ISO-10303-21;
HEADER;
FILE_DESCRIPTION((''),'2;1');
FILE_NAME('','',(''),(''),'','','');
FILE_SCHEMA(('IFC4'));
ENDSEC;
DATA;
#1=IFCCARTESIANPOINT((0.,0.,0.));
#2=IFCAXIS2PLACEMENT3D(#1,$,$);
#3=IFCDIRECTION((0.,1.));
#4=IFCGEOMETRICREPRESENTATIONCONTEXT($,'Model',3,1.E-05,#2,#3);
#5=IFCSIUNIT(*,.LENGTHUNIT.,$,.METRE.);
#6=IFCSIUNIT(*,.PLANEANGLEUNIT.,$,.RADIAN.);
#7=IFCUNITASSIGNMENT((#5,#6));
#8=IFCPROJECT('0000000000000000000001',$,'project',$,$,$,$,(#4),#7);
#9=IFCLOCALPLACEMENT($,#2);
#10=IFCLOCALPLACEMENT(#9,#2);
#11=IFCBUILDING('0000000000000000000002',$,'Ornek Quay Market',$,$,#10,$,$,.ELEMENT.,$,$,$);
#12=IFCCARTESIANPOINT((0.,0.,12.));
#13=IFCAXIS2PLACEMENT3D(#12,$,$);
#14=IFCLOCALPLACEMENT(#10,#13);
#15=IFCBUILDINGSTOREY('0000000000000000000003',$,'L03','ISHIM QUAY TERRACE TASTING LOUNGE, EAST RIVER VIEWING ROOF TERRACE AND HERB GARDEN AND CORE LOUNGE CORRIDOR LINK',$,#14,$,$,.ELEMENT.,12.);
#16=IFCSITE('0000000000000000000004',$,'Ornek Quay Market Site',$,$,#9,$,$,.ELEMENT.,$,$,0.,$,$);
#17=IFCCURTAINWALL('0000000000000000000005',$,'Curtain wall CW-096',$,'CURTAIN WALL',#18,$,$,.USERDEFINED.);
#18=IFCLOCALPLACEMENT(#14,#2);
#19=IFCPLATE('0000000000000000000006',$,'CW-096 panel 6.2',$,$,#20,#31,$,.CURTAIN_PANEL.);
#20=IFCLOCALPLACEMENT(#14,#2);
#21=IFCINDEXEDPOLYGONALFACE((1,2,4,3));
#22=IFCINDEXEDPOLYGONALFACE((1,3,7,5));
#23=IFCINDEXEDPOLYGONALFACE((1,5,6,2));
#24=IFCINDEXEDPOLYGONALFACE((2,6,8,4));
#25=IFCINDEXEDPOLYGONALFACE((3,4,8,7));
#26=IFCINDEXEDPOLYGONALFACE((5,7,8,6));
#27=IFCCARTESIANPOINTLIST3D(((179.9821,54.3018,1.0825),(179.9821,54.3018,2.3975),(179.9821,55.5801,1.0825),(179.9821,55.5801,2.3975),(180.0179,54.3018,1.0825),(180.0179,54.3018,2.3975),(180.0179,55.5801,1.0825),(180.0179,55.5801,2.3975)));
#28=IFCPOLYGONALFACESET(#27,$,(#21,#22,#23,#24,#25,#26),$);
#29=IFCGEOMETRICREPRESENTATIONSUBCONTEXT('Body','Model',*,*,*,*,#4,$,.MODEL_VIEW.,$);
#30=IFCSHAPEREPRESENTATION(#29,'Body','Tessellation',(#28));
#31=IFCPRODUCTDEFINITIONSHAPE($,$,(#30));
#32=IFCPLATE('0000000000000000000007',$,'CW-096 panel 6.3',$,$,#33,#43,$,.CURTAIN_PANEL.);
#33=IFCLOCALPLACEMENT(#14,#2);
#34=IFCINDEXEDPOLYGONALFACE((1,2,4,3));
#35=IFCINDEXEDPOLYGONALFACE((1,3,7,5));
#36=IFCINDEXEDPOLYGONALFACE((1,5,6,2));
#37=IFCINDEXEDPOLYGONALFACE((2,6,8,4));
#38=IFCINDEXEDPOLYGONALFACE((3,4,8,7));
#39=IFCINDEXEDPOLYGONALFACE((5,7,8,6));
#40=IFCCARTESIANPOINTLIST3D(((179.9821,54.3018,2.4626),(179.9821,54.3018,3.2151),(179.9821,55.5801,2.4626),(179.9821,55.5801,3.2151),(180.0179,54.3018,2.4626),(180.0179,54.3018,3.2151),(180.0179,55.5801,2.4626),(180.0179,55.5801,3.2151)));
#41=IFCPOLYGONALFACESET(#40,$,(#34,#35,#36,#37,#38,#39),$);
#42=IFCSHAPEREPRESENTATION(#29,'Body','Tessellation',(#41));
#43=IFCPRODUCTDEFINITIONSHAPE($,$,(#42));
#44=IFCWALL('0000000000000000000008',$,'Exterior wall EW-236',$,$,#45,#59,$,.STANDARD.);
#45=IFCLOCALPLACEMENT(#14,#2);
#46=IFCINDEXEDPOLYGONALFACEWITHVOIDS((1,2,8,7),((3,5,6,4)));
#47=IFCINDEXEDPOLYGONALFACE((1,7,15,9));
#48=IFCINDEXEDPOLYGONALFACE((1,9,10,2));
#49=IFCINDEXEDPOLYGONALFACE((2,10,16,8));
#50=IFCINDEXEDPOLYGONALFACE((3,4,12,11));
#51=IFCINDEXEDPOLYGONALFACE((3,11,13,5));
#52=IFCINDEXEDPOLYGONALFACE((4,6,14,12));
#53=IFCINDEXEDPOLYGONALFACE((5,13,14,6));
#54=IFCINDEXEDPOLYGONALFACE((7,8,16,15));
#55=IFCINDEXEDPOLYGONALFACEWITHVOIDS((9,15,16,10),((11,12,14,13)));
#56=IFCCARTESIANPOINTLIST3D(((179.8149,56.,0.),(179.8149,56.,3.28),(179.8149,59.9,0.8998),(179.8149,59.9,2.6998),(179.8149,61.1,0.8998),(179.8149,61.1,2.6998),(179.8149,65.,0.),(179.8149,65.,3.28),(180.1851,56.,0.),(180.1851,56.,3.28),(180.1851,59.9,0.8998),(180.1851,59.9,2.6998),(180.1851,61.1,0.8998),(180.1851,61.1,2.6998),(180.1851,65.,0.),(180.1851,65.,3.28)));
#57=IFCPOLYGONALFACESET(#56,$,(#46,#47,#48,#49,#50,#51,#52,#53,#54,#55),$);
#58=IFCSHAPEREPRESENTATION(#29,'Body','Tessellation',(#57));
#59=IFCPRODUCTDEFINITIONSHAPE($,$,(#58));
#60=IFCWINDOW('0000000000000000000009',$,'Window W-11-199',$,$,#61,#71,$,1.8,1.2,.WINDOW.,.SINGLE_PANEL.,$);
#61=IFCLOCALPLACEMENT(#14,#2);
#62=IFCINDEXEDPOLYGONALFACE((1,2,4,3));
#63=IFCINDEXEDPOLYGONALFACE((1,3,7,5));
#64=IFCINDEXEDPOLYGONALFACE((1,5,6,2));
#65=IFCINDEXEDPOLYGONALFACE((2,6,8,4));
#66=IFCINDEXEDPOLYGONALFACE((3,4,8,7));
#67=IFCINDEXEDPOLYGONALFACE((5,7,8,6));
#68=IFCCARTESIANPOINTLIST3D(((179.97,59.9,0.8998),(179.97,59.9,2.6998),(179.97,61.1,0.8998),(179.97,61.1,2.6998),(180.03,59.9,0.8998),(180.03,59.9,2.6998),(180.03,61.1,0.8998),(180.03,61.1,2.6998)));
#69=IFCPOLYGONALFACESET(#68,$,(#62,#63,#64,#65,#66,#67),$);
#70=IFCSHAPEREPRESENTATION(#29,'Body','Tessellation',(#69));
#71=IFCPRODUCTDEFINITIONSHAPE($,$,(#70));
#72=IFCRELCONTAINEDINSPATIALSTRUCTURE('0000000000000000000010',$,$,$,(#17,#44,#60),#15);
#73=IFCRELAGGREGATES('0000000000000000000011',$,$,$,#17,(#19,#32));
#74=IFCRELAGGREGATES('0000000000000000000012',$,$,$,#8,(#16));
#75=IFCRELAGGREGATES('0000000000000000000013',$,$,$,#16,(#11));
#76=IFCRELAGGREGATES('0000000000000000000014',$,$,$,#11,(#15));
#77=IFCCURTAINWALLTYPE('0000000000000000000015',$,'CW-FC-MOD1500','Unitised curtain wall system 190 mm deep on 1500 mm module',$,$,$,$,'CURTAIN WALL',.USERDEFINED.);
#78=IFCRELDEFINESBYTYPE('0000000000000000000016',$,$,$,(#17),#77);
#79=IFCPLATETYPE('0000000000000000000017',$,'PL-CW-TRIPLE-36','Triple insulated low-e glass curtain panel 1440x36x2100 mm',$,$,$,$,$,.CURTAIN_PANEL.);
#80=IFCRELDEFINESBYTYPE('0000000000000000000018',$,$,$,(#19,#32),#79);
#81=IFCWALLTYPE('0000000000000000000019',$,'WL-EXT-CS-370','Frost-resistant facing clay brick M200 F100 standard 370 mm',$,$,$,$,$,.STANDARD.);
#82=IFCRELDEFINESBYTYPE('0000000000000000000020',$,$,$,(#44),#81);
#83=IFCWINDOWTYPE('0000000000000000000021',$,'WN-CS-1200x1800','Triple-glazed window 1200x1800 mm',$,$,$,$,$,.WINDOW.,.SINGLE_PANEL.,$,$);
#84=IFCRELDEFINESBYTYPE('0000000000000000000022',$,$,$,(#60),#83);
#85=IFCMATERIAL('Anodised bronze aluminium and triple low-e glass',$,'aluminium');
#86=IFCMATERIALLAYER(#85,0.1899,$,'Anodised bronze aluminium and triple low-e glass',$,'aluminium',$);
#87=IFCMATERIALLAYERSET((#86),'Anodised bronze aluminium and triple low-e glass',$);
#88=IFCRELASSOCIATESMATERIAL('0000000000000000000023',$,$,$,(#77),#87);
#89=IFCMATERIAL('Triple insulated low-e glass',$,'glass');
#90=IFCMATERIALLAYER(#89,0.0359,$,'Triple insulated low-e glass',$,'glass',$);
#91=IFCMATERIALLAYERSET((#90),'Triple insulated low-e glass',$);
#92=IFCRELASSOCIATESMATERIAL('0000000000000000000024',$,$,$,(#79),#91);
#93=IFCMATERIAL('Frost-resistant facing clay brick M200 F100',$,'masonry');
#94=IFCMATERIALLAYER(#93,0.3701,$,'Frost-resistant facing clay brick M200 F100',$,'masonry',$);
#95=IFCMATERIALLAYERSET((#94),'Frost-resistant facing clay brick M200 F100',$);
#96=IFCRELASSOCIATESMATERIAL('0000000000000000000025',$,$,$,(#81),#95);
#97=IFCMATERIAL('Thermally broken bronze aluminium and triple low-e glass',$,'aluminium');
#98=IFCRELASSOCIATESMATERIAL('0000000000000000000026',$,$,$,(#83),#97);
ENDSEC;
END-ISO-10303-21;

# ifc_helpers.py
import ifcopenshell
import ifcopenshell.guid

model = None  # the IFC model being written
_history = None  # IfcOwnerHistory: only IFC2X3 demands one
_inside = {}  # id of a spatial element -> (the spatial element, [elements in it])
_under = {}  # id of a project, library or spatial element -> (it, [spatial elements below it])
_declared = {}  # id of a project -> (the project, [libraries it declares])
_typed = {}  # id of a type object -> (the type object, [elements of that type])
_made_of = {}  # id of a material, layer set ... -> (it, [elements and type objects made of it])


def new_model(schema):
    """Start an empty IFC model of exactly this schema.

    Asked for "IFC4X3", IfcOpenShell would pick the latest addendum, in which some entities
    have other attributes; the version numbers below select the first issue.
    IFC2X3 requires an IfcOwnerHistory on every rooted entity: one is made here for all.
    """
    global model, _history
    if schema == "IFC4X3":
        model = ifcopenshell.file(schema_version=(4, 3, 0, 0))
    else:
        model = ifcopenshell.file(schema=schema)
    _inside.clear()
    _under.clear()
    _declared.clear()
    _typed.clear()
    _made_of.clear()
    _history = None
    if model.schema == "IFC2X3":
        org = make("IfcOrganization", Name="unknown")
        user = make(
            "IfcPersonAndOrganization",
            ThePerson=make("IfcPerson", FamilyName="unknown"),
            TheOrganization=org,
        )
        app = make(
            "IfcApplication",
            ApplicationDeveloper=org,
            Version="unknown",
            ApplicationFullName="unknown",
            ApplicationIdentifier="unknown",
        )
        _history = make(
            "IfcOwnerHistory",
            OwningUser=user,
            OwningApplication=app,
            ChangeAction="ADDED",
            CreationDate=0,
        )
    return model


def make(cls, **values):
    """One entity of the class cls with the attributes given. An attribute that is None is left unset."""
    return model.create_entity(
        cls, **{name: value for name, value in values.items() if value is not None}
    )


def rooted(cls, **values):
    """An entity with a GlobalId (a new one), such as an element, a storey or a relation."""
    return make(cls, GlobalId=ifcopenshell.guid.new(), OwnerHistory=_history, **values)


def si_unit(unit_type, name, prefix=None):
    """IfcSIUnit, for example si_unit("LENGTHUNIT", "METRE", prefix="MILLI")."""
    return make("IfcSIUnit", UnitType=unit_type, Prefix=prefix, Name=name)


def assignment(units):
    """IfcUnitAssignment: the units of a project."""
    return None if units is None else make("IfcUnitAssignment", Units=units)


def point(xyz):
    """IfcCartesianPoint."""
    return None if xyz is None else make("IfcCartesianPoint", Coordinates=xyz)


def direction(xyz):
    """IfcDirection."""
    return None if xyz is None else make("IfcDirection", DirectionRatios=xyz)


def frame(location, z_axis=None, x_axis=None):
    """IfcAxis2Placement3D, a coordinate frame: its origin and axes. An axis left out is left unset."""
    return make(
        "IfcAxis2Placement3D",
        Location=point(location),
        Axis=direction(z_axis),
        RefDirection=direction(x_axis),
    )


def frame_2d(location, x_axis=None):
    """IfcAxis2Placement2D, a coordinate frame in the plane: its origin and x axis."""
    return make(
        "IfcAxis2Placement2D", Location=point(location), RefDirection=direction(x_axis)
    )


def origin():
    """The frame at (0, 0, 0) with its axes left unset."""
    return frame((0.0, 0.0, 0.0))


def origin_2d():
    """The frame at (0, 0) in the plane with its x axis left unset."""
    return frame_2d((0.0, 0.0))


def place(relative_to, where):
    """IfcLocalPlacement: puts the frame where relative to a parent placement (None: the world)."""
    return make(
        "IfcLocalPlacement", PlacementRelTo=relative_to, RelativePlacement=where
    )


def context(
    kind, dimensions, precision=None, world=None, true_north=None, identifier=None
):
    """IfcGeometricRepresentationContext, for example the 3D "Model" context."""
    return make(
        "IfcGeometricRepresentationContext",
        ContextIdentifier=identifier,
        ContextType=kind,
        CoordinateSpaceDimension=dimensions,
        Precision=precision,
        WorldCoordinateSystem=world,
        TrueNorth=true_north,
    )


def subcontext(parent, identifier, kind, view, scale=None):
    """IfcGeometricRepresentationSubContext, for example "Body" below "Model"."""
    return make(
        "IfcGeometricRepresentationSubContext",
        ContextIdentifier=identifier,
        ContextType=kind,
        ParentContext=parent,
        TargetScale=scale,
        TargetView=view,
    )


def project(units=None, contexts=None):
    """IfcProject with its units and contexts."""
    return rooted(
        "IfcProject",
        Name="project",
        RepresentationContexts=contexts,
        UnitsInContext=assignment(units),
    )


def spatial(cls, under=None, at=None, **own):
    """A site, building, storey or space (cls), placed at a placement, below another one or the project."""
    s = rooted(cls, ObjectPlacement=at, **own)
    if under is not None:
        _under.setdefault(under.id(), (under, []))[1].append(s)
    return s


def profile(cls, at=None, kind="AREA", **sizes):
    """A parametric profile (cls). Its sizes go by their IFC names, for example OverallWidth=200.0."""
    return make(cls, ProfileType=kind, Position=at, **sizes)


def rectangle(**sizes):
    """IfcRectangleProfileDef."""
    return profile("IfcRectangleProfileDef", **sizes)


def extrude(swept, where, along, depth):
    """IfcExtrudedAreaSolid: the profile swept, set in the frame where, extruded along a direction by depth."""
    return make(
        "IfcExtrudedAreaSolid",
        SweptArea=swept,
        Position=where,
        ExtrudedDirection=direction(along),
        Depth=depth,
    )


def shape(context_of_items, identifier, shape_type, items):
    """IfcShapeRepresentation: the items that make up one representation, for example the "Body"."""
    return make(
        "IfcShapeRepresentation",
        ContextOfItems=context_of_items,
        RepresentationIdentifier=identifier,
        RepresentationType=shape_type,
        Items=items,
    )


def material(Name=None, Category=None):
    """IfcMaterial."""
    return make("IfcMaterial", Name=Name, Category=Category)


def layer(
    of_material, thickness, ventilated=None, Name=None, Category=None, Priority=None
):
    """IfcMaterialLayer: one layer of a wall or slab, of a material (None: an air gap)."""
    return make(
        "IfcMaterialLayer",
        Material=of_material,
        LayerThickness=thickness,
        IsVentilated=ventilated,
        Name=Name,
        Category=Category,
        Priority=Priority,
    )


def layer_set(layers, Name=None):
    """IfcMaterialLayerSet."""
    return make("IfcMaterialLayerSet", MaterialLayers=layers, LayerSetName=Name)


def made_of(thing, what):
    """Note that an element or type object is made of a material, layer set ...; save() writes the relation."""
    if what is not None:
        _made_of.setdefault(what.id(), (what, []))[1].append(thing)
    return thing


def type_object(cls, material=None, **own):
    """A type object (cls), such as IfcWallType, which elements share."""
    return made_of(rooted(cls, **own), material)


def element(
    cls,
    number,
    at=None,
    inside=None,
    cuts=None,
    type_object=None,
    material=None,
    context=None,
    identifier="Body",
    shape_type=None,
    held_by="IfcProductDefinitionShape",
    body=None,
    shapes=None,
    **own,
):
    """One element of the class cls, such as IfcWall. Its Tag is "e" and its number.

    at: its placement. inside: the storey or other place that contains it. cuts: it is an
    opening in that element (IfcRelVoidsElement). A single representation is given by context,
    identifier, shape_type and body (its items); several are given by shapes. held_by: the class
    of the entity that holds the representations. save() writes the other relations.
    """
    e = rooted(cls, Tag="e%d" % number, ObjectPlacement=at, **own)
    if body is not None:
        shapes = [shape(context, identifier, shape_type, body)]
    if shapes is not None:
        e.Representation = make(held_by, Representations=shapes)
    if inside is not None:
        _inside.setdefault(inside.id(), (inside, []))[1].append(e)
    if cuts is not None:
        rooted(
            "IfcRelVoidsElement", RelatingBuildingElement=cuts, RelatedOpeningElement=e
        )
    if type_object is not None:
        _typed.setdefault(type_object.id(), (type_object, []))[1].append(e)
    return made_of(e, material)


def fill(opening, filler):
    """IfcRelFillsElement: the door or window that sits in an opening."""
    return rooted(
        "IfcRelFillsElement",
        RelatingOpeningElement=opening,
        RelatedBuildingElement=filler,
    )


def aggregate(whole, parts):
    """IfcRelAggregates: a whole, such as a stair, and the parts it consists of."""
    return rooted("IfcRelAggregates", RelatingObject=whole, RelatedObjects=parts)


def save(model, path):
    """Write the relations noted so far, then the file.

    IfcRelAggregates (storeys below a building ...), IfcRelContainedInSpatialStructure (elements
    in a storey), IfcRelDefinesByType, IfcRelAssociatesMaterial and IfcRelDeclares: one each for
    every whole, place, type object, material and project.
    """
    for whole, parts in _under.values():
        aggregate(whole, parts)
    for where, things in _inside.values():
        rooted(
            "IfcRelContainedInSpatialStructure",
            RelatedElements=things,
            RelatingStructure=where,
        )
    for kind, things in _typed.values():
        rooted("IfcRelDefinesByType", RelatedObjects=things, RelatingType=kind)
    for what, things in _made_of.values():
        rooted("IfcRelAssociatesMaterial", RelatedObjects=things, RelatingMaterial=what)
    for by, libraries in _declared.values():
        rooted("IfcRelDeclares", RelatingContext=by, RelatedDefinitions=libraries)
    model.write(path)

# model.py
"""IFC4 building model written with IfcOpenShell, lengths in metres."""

from ifc_helpers import new_model, si_unit, direction, frame, frame_2d, origin, origin_2d, place, context, subcontext, project, spatial, rectangle, extrude, material, layer, layer_set, type_object, element, fill, aggregate, save


model = new_model("IFC4")

# Units and contexts
model_context = context("Model", 3, precision=1e-05, world=origin(), true_north=direction((0.0, 1.0)))
body_context = subcontext(model_context, "Body", "Model", "MODEL_VIEW")
ifc_project = project(units=[si_unit("LENGTHUNIT", "METRE"), si_unit("PLANEANGLEUNIT", "RADIAN")], contexts=[model_context])

# Site, building, storey
site_placement = place(None, origin())
site = spatial("IfcSite", under=ifc_project, at=site_placement, Name="Ornek Quay Market Site", CompositionType="ELEMENT", RefElevation=0.0)
building_placement = place(site_placement, origin())
building = spatial("IfcBuilding", under=site, at=building_placement, Name="Ornek Quay Market", CompositionType="ELEMENT")
storey_placement = place(building_placement, frame((0.0, 0.0, 12.0)))
storey = spatial("IfcBuildingStorey", under=building, at=storey_placement, Name="L03", Description="ISHIM QUAY TERRACE TASTING LOUNGE, EAST RIVER VIEWING ROOF TERRACE AND HERB GARDEN AND CORE LOUNGE CORRIDOR LINK", CompositionType="ELEMENT", Elevation=12.0)

# Curtain wall, plates
ifc_material_1 = material(Name="Anodised bronze aluminium and triple low-e glass", Category="aluminium")
ifc_layer_1 = layer(ifc_material_1, 0.1899, Name="Anodised bronze aluminium and triple low-e glass", Category="aluminium")
ifc_layer_set_1 = layer_set([ifc_layer_1], Name="Anodised bronze aluminium and triple low-e glass")
curtain_wall_type = type_object("IfcCurtainWallType", Name="CW-FC-MOD1500", Description="Unitised curtain wall system 190 mm deep on 1500 mm module", ElementType="CURTAIN WALL", PredefinedType="USERDEFINED", material=ifc_layer_set_1)
curtain_wall_placement = place(storey_placement, origin())
curtain_wall = element("IfcCurtainWall", 1, at=curtain_wall_placement, inside=storey, type_object=curtain_wall_type, Name="Curtain wall CW-096", ObjectType="CURTAIN WALL", PredefinedType="USERDEFINED")
ifc_material_2 = material(Name="Triple insulated low-e glass", Category="glass")
ifc_layer_2 = layer(ifc_material_2, 0.0359, Name="Triple insulated low-e glass", Category="glass")
ifc_layer_set_2 = layer_set([ifc_layer_2], Name="Triple insulated low-e glass")
plate_type = type_object("IfcPlateType", Name="PL-CW-TRIPLE-36", Description="Triple insulated low-e glass curtain panel 1440x36x2100 mm", PredefinedType="CURTAIN_PANEL", material=ifc_layer_set_2)
plate_1_placement = place(storey_placement, frame((180.0, 54.9409, 1.0825), z_axis=(0.0, 0.0, 1.0), x_axis=(0.0, 1.0, 0.0)))
plate_1 = element("IfcPlate", 2, at=plate_1_placement, type_object=plate_type, Name="CW-096 panel 6.2", PredefinedType="CURTAIN_PANEL", context=body_context, shape_type="SweptSolid", body=[
    extrude(rectangle(XDim=1.2783, YDim=0.0359, at=origin_2d()), origin(), (0.0, 0.0, 1.0), 1.3149),
])
plate_2_placement = place(storey_placement, frame((180.0, 54.9409, 2.4626), z_axis=(0.0, 0.0, 1.0), x_axis=(0.0, 1.0, 0.0)))
plate_2 = element("IfcPlate", 3, at=plate_2_placement, type_object=plate_type, Name="CW-096 panel 6.3", PredefinedType="CURTAIN_PANEL", context=body_context, shape_type="SweptSolid", body=[
    extrude(rectangle(XDim=1.2783, YDim=0.0359, at=origin_2d()), origin(), (0.0, 0.0, 1.0), 0.7524),
])
aggregate(curtain_wall, [plate_1, plate_2])

# Wall, opening, window
ifc_material_3 = material(Name="Frost-resistant facing clay brick M200 F100", Category="masonry")
ifc_layer_3 = layer(ifc_material_3, 0.3701, Name="Frost-resistant facing clay brick M200 F100", Category="masonry")
ifc_layer_set_3 = layer_set([ifc_layer_3], Name="Frost-resistant facing clay brick M200 F100")
wall_type = type_object("IfcWallType", Name="WL-EXT-CS-370", Description="Frost-resistant facing clay brick M200 F100 standard 370 mm", PredefinedType="STANDARD", material=ifc_layer_set_3)
wall_placement = place(storey_placement, frame((180.0, 56.0, 0.0), z_axis=(0.0, 0.0, 1.0), x_axis=(0.0, 1.0, 0.0)))
wall = element("IfcWall", 4, at=wall_placement, inside=storey, type_object=wall_type, Name="Exterior wall EW-236", PredefinedType="STANDARD", context=body_context, shape_type="SweptSolid", body=[
    extrude(rectangle(XDim=9.0, YDim=0.3701, at=frame_2d((4.5, 0.0))), origin(), (0.0, 0.0, 1.0), 3.28),
])
opening_placement = place(wall_placement, frame((3.8999, 0.0, 0.8999)))
opening = element("IfcOpeningElement", 5, at=opening_placement, cuts=wall, PredefinedType="OPENING", context=body_context, shape_type="SweptSolid", body=[
    extrude(rectangle(XDim=1.2, YDim=1.8, at=frame_2d((0.6001, 0.8999))), frame((0.0, 0.1951, 0.0), z_axis=(0.0, -1.0, 0.0), x_axis=(1.0, 0.0, 0.0)), (0.0, 0.0, 1.0), 0.3901),
])
ifc_material_4 = material(Name="Thermally broken bronze aluminium and triple low-e glass", Category="aluminium")
window_type = type_object("IfcWindowType", Name="WN-CS-1200x1800", Description="Triple-glazed window 1200x1800 mm", PartitioningType="SINGLE_PANEL", PredefinedType="WINDOW", material=ifc_material_4)
window_placement = place(opening_placement, origin())
window = element("IfcWindow", 6, at=window_placement, inside=storey, type_object=window_type, Name="Window W-11-199", OverallHeight=1.8, OverallWidth=1.2, PartitioningType="SINGLE_PANEL", PredefinedType="WINDOW", context=body_context, shape_type="SweptSolid", body=[
    extrude(rectangle(XDim=1.2, YDim=1.8, at=frame_2d((0.6001, 0.8999))), frame((0.0, 0.03, 0.0), z_axis=(0.0, -1.0, 0.0), x_axis=(1.0, 0.0, 0.0)), (0.0, 0.0, 1.0), 0.0601),
])
fill(opening, window)

save(model, "model.ifc")
